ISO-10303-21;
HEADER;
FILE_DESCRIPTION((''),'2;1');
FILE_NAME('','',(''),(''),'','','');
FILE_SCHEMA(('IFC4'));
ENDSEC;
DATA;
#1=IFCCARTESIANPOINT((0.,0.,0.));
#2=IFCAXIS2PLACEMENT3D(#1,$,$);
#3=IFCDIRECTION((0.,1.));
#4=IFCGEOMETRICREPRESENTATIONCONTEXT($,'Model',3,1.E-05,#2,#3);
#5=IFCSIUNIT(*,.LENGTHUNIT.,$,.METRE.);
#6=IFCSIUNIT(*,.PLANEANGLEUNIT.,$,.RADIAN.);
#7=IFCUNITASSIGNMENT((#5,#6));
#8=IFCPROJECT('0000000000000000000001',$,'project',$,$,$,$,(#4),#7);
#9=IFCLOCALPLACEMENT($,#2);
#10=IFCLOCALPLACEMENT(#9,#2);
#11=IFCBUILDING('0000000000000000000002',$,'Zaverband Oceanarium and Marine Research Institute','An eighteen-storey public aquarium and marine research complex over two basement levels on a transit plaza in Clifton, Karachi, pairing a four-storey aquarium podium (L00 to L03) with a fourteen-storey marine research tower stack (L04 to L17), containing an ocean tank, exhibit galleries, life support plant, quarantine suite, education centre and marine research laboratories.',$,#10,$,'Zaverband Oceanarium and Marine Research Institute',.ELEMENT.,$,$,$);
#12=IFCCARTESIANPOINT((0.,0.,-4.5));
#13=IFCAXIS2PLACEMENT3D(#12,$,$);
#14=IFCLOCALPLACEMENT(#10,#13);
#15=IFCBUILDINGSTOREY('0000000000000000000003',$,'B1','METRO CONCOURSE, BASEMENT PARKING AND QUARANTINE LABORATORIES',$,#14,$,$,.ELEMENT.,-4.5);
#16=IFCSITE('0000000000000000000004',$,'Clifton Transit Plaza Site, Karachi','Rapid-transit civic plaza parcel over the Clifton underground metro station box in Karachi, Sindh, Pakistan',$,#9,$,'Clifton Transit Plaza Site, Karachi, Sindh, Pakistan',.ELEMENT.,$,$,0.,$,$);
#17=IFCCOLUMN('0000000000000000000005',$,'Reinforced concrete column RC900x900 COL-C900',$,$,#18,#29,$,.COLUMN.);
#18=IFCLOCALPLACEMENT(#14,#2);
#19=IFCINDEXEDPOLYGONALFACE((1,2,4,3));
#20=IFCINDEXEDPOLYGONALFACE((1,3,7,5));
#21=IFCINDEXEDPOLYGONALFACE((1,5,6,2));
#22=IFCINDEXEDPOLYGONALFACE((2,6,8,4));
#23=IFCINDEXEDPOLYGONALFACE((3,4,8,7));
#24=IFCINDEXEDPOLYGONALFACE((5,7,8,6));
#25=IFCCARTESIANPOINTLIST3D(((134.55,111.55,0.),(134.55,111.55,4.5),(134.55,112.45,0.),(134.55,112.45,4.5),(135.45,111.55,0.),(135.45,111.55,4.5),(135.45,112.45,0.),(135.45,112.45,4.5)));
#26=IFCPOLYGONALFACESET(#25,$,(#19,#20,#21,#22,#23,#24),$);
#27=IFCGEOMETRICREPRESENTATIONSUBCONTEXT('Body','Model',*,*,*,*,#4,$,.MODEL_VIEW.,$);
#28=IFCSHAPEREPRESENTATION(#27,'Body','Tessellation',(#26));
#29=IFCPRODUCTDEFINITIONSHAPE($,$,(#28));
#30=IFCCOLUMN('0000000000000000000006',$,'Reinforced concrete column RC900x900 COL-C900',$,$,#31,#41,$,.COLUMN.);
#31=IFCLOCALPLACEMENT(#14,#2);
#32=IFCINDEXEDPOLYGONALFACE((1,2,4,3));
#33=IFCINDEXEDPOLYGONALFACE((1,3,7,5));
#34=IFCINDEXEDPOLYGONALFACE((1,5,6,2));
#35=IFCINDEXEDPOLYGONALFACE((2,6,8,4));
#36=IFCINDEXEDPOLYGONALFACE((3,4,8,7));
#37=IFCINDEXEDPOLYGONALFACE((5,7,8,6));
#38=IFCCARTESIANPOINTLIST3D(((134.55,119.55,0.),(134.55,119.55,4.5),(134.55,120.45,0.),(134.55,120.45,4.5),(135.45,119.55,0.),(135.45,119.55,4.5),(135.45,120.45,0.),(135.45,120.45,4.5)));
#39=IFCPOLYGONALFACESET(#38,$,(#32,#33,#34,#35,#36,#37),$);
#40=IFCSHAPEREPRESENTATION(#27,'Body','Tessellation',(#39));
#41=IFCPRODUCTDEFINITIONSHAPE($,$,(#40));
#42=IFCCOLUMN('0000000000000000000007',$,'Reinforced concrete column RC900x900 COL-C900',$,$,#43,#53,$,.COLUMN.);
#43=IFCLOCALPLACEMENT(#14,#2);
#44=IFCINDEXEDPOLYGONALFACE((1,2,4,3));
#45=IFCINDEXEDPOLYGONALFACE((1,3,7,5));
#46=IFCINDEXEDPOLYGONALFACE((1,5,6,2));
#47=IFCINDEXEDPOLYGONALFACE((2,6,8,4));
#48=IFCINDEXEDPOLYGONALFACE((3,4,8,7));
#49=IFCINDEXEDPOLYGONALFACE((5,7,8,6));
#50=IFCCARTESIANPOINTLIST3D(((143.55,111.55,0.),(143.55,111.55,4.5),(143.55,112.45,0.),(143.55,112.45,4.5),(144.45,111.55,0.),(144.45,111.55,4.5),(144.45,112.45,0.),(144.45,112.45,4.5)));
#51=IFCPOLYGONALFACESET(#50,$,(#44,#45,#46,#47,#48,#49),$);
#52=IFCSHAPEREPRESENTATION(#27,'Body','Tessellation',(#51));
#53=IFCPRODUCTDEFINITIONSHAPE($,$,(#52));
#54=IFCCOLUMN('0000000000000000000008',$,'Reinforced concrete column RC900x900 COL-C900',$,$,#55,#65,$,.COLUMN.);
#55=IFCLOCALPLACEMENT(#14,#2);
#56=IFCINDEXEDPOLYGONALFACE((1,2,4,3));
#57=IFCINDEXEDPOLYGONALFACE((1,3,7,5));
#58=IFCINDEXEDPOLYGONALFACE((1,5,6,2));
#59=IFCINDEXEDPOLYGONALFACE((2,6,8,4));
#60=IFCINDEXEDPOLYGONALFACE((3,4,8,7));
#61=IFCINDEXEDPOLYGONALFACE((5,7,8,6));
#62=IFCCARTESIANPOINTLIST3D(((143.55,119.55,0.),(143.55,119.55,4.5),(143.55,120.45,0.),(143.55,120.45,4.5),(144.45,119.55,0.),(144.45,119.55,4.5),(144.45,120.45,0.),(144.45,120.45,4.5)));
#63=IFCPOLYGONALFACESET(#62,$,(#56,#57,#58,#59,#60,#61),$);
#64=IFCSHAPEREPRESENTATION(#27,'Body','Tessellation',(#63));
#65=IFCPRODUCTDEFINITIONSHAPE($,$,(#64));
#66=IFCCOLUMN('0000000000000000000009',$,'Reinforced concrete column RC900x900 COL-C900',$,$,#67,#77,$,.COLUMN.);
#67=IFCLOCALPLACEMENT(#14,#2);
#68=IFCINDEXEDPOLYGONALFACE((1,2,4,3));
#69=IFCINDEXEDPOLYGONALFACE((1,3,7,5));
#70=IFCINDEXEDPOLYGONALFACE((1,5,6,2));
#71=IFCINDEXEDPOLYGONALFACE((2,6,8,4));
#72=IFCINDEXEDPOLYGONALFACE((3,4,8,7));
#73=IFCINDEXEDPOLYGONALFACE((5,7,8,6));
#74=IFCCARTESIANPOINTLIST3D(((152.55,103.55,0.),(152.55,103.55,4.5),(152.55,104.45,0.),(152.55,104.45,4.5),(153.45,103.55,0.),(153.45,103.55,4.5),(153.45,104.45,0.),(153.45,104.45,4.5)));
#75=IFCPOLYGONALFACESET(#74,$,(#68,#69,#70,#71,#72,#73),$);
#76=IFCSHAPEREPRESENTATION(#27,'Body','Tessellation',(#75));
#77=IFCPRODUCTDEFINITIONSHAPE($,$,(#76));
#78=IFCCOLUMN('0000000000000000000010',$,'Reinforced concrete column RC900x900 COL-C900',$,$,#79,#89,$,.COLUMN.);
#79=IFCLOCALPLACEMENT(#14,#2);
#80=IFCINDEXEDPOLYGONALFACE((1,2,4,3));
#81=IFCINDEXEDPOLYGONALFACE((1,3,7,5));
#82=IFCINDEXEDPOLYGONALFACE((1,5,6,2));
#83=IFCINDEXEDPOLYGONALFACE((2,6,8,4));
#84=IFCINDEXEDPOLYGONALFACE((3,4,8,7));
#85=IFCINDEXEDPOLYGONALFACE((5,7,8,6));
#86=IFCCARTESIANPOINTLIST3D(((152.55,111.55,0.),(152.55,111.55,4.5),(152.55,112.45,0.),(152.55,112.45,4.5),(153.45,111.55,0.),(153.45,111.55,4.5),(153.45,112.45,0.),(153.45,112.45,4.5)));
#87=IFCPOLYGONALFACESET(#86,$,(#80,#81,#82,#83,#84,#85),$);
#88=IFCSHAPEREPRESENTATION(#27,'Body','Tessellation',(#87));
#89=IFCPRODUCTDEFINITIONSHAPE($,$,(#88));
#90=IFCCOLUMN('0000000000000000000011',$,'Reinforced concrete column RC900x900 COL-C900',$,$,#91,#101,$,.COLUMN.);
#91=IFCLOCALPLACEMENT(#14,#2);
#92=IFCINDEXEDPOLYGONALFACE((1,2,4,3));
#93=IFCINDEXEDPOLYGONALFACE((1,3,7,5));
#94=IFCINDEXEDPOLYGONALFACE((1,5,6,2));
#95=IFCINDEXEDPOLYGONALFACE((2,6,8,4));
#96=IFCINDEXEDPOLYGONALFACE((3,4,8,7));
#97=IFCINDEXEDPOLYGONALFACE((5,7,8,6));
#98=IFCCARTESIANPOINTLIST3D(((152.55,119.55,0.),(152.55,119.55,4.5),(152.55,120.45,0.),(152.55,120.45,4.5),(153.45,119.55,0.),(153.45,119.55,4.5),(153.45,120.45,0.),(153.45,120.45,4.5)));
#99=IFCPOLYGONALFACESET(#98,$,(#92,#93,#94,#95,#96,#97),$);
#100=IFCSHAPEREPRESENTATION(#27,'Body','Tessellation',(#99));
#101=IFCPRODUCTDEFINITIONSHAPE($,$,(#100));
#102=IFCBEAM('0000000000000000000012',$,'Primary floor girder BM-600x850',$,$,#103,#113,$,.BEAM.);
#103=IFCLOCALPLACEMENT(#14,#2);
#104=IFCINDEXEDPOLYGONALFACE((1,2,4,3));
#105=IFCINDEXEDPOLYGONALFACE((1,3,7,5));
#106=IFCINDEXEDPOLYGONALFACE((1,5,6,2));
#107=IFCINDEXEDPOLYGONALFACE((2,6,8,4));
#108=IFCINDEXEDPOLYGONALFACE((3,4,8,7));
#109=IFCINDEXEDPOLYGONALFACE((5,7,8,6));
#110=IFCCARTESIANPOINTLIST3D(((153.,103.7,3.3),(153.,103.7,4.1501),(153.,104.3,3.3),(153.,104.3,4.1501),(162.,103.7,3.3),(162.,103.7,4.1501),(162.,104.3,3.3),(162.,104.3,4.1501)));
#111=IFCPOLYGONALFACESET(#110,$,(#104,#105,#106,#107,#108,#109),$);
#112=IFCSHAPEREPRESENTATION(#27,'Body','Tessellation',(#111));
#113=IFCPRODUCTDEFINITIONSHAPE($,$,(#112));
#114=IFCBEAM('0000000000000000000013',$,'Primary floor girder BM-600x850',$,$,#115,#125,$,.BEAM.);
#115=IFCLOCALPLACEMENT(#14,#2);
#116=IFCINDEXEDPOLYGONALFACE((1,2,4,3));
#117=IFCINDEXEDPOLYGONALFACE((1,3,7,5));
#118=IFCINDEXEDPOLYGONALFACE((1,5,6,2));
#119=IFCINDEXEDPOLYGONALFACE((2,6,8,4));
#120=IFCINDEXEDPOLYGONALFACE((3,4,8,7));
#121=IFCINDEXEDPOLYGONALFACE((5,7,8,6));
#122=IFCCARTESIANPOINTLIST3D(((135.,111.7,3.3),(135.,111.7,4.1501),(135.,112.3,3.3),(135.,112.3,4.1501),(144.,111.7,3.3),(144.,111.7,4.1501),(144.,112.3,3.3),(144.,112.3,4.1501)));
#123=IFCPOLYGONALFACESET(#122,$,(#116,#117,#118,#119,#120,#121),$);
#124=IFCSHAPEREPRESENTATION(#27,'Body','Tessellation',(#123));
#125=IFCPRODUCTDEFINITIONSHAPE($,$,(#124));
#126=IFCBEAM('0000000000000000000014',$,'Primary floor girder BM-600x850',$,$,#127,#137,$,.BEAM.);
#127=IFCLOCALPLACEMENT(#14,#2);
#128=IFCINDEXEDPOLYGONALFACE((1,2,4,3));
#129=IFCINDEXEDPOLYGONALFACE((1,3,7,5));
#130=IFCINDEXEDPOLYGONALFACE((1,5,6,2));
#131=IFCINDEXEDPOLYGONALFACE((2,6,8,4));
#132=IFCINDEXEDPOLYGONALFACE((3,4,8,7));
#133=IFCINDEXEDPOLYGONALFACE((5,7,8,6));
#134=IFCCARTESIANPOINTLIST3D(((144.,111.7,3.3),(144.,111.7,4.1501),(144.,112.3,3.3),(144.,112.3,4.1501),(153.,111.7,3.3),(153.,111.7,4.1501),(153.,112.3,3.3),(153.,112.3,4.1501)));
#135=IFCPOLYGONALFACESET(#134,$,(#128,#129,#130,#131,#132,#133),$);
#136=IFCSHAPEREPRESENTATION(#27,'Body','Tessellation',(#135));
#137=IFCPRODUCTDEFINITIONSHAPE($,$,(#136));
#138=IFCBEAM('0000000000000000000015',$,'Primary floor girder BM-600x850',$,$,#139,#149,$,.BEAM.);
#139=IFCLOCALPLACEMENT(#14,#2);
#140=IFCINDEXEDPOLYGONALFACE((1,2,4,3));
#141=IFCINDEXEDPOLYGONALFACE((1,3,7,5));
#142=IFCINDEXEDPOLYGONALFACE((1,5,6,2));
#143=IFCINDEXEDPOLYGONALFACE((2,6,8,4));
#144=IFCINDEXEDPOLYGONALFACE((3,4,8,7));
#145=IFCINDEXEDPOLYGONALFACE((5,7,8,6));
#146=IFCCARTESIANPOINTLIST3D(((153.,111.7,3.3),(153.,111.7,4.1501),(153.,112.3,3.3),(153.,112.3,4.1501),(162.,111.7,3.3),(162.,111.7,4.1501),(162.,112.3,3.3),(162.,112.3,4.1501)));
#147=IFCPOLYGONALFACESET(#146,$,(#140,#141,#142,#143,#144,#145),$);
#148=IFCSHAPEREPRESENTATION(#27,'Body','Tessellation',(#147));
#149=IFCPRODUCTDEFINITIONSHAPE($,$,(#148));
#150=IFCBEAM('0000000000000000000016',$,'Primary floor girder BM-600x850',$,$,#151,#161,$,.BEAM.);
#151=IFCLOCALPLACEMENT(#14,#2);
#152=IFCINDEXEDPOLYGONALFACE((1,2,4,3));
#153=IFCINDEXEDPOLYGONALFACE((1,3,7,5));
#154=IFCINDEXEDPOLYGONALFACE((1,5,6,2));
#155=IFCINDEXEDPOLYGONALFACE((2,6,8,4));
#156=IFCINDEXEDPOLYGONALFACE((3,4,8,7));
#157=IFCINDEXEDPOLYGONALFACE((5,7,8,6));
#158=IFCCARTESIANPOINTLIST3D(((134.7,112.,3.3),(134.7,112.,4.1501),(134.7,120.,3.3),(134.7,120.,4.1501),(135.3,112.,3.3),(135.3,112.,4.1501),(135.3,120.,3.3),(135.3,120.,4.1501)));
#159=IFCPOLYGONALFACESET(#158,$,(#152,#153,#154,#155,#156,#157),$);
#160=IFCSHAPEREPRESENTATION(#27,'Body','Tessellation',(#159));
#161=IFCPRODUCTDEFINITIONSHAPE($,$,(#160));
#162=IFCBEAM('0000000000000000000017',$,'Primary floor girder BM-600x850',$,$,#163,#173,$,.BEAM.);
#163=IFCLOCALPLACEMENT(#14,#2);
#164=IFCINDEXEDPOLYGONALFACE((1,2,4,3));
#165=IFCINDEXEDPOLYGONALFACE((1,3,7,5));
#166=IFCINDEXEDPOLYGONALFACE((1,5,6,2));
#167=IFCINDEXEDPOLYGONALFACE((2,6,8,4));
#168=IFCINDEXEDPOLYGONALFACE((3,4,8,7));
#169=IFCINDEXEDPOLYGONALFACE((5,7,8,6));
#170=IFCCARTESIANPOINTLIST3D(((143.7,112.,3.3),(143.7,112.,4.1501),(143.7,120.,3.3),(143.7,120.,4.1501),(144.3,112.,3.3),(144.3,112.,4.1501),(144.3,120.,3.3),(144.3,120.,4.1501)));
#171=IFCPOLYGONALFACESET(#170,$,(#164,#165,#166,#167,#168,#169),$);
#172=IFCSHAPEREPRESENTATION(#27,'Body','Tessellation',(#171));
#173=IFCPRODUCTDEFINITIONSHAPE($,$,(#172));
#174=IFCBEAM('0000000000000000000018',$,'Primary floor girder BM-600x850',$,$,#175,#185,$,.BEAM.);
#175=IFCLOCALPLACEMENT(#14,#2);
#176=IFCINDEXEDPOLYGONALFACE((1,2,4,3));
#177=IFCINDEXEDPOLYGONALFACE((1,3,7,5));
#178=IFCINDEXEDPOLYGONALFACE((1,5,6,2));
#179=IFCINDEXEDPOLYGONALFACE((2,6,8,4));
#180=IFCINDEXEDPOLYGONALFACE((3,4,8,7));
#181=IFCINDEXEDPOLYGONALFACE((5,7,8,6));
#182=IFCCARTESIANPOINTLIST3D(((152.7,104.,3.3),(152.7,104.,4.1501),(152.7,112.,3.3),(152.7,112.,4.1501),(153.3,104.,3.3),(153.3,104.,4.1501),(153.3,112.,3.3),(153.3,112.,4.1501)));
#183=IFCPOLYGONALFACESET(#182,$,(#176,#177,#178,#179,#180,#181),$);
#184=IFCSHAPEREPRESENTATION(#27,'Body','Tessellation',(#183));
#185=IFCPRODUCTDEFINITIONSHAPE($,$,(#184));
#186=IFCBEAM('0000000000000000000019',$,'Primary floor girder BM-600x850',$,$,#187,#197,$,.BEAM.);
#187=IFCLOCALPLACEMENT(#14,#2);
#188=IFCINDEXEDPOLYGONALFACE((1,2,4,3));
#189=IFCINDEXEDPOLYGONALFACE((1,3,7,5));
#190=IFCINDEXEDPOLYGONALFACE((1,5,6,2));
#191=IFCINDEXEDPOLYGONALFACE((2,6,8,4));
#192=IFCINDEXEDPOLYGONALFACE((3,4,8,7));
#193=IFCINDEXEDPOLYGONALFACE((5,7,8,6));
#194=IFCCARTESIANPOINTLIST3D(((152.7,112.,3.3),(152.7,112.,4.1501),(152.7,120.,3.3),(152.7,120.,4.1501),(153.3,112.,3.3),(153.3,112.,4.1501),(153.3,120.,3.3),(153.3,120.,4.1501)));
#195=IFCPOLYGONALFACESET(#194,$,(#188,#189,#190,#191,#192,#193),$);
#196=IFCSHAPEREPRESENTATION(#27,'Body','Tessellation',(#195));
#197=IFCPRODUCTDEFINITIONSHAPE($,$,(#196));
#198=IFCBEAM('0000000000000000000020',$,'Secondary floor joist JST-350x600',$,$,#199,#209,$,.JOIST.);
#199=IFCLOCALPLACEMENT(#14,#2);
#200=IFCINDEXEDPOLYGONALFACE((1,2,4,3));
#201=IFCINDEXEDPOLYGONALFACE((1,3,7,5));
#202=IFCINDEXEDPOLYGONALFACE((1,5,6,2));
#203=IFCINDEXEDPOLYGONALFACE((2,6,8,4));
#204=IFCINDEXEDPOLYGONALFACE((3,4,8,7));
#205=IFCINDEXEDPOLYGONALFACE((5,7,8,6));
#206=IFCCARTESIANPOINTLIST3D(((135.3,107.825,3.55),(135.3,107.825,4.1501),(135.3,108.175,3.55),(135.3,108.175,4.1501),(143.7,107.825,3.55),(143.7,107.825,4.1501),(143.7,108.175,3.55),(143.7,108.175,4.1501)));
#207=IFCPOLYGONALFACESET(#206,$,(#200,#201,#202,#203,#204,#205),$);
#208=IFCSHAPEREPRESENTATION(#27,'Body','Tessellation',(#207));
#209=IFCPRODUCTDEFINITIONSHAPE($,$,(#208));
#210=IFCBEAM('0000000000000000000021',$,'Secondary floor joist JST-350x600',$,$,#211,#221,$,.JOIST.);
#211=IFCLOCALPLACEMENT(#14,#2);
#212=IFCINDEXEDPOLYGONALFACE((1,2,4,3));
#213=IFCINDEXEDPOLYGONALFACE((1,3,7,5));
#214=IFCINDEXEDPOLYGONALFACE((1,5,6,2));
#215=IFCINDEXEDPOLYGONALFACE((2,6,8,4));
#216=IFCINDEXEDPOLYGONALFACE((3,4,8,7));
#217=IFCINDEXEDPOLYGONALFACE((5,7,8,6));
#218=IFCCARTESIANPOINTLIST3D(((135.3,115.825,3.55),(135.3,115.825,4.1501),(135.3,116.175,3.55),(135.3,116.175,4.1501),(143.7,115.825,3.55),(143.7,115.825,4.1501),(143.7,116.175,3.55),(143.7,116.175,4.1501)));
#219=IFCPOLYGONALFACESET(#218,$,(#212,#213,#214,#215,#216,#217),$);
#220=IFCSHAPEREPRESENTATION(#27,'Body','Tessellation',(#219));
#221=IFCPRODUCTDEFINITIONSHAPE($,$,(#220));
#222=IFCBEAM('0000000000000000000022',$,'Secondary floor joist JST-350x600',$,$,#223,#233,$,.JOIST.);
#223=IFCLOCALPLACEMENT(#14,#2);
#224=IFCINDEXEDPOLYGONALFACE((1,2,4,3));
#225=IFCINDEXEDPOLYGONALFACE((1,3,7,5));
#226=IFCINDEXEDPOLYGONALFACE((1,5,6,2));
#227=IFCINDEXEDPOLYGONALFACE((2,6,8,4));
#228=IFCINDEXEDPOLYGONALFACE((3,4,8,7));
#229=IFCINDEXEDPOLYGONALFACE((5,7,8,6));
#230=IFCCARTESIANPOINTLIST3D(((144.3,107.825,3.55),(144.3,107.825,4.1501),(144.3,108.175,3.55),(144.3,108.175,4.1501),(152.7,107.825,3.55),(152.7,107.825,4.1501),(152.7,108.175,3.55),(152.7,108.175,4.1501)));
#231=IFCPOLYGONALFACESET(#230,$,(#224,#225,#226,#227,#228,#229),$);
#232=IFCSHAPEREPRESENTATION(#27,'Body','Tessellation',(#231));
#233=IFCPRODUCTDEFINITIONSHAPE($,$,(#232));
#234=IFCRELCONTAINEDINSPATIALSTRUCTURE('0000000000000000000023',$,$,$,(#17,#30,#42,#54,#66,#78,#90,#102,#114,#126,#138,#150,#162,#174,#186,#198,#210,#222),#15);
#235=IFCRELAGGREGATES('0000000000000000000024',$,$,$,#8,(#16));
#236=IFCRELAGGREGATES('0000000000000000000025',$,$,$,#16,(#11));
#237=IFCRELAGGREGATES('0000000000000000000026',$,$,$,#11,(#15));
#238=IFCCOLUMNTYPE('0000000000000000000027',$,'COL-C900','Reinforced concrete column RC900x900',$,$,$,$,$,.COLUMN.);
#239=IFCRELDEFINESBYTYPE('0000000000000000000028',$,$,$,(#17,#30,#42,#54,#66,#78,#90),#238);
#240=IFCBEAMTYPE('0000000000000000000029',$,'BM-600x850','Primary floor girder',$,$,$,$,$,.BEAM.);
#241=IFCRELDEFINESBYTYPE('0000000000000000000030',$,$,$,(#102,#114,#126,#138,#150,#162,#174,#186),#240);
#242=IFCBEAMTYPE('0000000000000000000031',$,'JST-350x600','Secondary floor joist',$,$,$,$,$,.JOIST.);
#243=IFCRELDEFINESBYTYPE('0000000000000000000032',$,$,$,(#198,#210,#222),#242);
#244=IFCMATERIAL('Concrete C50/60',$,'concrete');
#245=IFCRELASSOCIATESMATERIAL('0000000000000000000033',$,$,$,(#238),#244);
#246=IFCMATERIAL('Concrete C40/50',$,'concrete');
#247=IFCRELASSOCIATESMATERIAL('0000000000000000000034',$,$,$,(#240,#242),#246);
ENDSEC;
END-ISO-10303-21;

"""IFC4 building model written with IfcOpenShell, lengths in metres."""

from ifc_helpers import new_model, si_unit, direction, frame, origin, origin_2d, place, context, subcontext, project, spatial, rectangle, extrude, material, material_profile, profile_set, type_object, element, save


model = new_model("IFC4")

# Units and contexts
model_context = context("Model", 3, precision=1e-05, world=origin(), true_north=direction((0.0, 1.0)))
body_context = subcontext(model_context, "Body", "Model", "MODEL_VIEW")
ifc_project = project(units=[si_unit("LENGTHUNIT", "METRE"), si_unit("PLANEANGLEUNIT", "RADIAN")], contexts=[model_context])

# Site, building, storey
site_placement = place(None, origin())
site = spatial("IfcSite", under=ifc_project, at=site_placement, Name="Clifton Transit Plaza Site, Karachi", Description="Rapid-transit civic plaza parcel over the Clifton underground metro station box in Karachi, Sindh, Pakistan", LongName="Clifton Transit Plaza Site, Karachi, Sindh, Pakistan", CompositionType="ELEMENT", RefElevation=0.0)
building_placement = place(site_placement, origin())
building = spatial("IfcBuilding", under=site, at=building_placement, Name="Zaverband Oceanarium and Marine Research Institute", Description="An eighteen-storey public aquarium and marine research complex over two basement levels on a transit plaza in Clifton, Karachi, pairing a four-storey aquarium podium (L00 to L03) with a fourteen-storey marine research tower stack (L04 to L17), containing an ocean tank, exhibit galleries, life support plant, quarantine suite, education centre and marine research laboratories.", LongName="Zaverband Oceanarium and Marine Research Institute", CompositionType="ELEMENT")
storey_placement = place(building_placement, frame((0.0, 0.0, -4.5)))
storey = spatial("IfcBuildingStorey", under=building, at=storey_placement, Name="B1", Description="METRO CONCOURSE, BASEMENT PARKING AND QUARANTINE LABORATORIES", CompositionType="ELEMENT", Elevation=-4.5)

# Columns
ifc_material_1 = material(Name="Concrete C50/60", Category="concrete")
ifc_material_profile_1 = material_profile(ifc_material_1, rectangle(XDim=0.8999, YDim=0.8999, at=origin_2d()), Name="RC900x900")
ifc_profile_set_1 = profile_set([ifc_material_profile_1], Name="Concrete C50/60")
column_type = type_object("IfcColumnType", Name="COL-C900", Description="Reinforced concrete column RC900x900", PredefinedType="COLUMN", material=ifc_profile_set_1)
for number, where, z_axis, x_axis, name in (
    (1, (135.0, 112.0, 0.0), (0.0, 0.0, 1.0), (1.0, 0.0, 0.0), "Reinforced concrete column RC900x900 COL-C900"),
    (2, (135.0, 120.0, 0.0), (0.0, 0.0, 1.0), (1.0, 0.0, 0.0), "Reinforced concrete column RC900x900 COL-C900"),
    (3, (144.0, 112.0, 0.0), (0.0, 0.0, 1.0), (1.0, 0.0, 0.0), "Reinforced concrete column RC900x900 COL-C900"),
    (4, (144.0, 120.0, 0.0), (0.0, 0.0, 1.0), (1.0, 0.0, 0.0), "Reinforced concrete column RC900x900 COL-C900"),
    (5, (153.0, 104.0, 0.0), (0.0, 0.0, 1.0), (1.0, 0.0, 0.0), "Reinforced concrete column RC900x900 COL-C900"),
    (6, (153.0, 112.0, 0.0), (0.0, 0.0, 1.0), (1.0, 0.0, 0.0), "Reinforced concrete column RC900x900 COL-C900"),
    (7, (153.0, 120.0, 0.0), (0.0, 0.0, 1.0), (1.0, 0.0, 0.0), "Reinforced concrete column RC900x900 COL-C900"),
):
    element("IfcColumn", number, at=place(storey_placement, frame(where, z_axis=z_axis, x_axis=x_axis)), inside=storey, type_object=column_type, Name=name, PredefinedType="COLUMN", context=body_context, shape_type="SweptSolid", body=[
        extrude(rectangle(XDim=0.8999, YDim=0.8999, at=origin_2d()), origin(), (0.0, 0.0, 1.0), 4.5),
    ])

# Beams
ifc_material_2 = material(Name="Concrete C40/50", Category="concrete")
ifc_material_profile_2 = material_profile(ifc_material_2, rectangle(XDim=0.6001, YDim=0.8501, at=origin_2d()), Name="RC600x850")
ifc_profile_set_2 = profile_set([ifc_material_profile_2], Name="Concrete C40/50")
beam_type_1 = type_object("IfcBeamType", Name="BM-600x850", Description="Primary floor girder", PredefinedType="BEAM", material=ifc_profile_set_2)
for number, where, z_axis, x_axis, name in (
    (8, (153.0, 104.0, 3.7251), (1.0, 0.0, 0.0), (0.0, 1.0, 0.0), "Primary floor girder BM-600x850"),
    (9, (135.0, 112.0, 3.7251), (1.0, 0.0, 0.0), (0.0, 1.0, 0.0), "Primary floor girder BM-600x850"),
    (10, (144.0, 112.0, 3.7251), (1.0, 0.0, 0.0), (0.0, 1.0, 0.0), "Primary floor girder BM-600x850"),
    (11, (153.0, 112.0, 3.7251), (1.0, 0.0, 0.0), (0.0, 1.0, 0.0), "Primary floor girder BM-600x850"),
):
    element("IfcBeam", number, at=place(storey_placement, frame(where, z_axis=z_axis, x_axis=x_axis)), inside=storey, type_object=beam_type_1, Name=name, PredefinedType="BEAM", context=body_context, shape_type="SweptSolid", body=[
        extrude(rectangle(XDim=0.6001, YDim=0.8501, at=origin_2d()), origin(), (0.0, 0.0, 1.0), 9.0),
    ])
for number, where, z_axis, x_axis, name in (
    (12, (135.0, 112.0, 3.7251), (0.0, 1.0, 0.0), (-1.0, 0.0, 0.0), "Primary floor girder BM-600x850"),
    (13, (144.0, 112.0, 3.7251), (0.0, 1.0, 0.0), (-1.0, 0.0, 0.0), "Primary floor girder BM-600x850"),
    (14, (153.0, 104.0, 3.7251), (0.0, 1.0, 0.0), (-1.0, 0.0, 0.0), "Primary floor girder BM-600x850"),
    (15, (153.0, 112.0, 3.7251), (0.0, 1.0, 0.0), (-1.0, 0.0, 0.0), "Primary floor girder BM-600x850"),
):
    element("IfcBeam", number, at=place(storey_placement, frame(where, z_axis=z_axis, x_axis=x_axis)), inside=storey, type_object=beam_type_1, Name=name, PredefinedType="BEAM", context=body_context, shape_type="SweptSolid", body=[
        extrude(rectangle(XDim=0.6001, YDim=0.8501, at=origin_2d()), origin(), (0.0, 0.0, 1.0), 8.0),
    ])
ifc_material_profile_3 = material_profile(ifc_material_2, rectangle(XDim=0.3501, YDim=0.6001, at=origin_2d()), Name="RC350x600")
ifc_profile_set_3 = profile_set([ifc_material_profile_3], Name="Concrete C40/50")
beam_type_2 = type_object("IfcBeamType", Name="JST-350x600", Description="Secondary floor joist", PredefinedType="JOIST", material=ifc_profile_set_3)
for number, where, z_axis, x_axis, name in (
    (16, (135.3, 108.0, 3.8501), (1.0, 0.0, 0.0), (0.0, 1.0, 0.0), "Secondary floor joist JST-350x600"),
    (17, (135.3, 116.0, 3.8501), (1.0, 0.0, 0.0), (0.0, 1.0, 0.0), "Secondary floor joist JST-350x600"),
    (18, (144.3, 108.0, 3.8501), (1.0, 0.0, 0.0), (0.0, 1.0, 0.0), "Secondary floor joist JST-350x600"),
):
    element("IfcBeam", number, at=place(storey_placement, frame(where, z_axis=z_axis, x_axis=x_axis)), inside=storey, type_object=beam_type_2, Name=name, PredefinedType="JOIST", context=body_context, shape_type="SweptSolid", body=[
        extrude(rectangle(XDim=0.3501, YDim=0.6001, at=origin_2d()), origin(), (0.0, 0.0, 1.0), 8.3999),
    ])

save(model, "model.ifc")
